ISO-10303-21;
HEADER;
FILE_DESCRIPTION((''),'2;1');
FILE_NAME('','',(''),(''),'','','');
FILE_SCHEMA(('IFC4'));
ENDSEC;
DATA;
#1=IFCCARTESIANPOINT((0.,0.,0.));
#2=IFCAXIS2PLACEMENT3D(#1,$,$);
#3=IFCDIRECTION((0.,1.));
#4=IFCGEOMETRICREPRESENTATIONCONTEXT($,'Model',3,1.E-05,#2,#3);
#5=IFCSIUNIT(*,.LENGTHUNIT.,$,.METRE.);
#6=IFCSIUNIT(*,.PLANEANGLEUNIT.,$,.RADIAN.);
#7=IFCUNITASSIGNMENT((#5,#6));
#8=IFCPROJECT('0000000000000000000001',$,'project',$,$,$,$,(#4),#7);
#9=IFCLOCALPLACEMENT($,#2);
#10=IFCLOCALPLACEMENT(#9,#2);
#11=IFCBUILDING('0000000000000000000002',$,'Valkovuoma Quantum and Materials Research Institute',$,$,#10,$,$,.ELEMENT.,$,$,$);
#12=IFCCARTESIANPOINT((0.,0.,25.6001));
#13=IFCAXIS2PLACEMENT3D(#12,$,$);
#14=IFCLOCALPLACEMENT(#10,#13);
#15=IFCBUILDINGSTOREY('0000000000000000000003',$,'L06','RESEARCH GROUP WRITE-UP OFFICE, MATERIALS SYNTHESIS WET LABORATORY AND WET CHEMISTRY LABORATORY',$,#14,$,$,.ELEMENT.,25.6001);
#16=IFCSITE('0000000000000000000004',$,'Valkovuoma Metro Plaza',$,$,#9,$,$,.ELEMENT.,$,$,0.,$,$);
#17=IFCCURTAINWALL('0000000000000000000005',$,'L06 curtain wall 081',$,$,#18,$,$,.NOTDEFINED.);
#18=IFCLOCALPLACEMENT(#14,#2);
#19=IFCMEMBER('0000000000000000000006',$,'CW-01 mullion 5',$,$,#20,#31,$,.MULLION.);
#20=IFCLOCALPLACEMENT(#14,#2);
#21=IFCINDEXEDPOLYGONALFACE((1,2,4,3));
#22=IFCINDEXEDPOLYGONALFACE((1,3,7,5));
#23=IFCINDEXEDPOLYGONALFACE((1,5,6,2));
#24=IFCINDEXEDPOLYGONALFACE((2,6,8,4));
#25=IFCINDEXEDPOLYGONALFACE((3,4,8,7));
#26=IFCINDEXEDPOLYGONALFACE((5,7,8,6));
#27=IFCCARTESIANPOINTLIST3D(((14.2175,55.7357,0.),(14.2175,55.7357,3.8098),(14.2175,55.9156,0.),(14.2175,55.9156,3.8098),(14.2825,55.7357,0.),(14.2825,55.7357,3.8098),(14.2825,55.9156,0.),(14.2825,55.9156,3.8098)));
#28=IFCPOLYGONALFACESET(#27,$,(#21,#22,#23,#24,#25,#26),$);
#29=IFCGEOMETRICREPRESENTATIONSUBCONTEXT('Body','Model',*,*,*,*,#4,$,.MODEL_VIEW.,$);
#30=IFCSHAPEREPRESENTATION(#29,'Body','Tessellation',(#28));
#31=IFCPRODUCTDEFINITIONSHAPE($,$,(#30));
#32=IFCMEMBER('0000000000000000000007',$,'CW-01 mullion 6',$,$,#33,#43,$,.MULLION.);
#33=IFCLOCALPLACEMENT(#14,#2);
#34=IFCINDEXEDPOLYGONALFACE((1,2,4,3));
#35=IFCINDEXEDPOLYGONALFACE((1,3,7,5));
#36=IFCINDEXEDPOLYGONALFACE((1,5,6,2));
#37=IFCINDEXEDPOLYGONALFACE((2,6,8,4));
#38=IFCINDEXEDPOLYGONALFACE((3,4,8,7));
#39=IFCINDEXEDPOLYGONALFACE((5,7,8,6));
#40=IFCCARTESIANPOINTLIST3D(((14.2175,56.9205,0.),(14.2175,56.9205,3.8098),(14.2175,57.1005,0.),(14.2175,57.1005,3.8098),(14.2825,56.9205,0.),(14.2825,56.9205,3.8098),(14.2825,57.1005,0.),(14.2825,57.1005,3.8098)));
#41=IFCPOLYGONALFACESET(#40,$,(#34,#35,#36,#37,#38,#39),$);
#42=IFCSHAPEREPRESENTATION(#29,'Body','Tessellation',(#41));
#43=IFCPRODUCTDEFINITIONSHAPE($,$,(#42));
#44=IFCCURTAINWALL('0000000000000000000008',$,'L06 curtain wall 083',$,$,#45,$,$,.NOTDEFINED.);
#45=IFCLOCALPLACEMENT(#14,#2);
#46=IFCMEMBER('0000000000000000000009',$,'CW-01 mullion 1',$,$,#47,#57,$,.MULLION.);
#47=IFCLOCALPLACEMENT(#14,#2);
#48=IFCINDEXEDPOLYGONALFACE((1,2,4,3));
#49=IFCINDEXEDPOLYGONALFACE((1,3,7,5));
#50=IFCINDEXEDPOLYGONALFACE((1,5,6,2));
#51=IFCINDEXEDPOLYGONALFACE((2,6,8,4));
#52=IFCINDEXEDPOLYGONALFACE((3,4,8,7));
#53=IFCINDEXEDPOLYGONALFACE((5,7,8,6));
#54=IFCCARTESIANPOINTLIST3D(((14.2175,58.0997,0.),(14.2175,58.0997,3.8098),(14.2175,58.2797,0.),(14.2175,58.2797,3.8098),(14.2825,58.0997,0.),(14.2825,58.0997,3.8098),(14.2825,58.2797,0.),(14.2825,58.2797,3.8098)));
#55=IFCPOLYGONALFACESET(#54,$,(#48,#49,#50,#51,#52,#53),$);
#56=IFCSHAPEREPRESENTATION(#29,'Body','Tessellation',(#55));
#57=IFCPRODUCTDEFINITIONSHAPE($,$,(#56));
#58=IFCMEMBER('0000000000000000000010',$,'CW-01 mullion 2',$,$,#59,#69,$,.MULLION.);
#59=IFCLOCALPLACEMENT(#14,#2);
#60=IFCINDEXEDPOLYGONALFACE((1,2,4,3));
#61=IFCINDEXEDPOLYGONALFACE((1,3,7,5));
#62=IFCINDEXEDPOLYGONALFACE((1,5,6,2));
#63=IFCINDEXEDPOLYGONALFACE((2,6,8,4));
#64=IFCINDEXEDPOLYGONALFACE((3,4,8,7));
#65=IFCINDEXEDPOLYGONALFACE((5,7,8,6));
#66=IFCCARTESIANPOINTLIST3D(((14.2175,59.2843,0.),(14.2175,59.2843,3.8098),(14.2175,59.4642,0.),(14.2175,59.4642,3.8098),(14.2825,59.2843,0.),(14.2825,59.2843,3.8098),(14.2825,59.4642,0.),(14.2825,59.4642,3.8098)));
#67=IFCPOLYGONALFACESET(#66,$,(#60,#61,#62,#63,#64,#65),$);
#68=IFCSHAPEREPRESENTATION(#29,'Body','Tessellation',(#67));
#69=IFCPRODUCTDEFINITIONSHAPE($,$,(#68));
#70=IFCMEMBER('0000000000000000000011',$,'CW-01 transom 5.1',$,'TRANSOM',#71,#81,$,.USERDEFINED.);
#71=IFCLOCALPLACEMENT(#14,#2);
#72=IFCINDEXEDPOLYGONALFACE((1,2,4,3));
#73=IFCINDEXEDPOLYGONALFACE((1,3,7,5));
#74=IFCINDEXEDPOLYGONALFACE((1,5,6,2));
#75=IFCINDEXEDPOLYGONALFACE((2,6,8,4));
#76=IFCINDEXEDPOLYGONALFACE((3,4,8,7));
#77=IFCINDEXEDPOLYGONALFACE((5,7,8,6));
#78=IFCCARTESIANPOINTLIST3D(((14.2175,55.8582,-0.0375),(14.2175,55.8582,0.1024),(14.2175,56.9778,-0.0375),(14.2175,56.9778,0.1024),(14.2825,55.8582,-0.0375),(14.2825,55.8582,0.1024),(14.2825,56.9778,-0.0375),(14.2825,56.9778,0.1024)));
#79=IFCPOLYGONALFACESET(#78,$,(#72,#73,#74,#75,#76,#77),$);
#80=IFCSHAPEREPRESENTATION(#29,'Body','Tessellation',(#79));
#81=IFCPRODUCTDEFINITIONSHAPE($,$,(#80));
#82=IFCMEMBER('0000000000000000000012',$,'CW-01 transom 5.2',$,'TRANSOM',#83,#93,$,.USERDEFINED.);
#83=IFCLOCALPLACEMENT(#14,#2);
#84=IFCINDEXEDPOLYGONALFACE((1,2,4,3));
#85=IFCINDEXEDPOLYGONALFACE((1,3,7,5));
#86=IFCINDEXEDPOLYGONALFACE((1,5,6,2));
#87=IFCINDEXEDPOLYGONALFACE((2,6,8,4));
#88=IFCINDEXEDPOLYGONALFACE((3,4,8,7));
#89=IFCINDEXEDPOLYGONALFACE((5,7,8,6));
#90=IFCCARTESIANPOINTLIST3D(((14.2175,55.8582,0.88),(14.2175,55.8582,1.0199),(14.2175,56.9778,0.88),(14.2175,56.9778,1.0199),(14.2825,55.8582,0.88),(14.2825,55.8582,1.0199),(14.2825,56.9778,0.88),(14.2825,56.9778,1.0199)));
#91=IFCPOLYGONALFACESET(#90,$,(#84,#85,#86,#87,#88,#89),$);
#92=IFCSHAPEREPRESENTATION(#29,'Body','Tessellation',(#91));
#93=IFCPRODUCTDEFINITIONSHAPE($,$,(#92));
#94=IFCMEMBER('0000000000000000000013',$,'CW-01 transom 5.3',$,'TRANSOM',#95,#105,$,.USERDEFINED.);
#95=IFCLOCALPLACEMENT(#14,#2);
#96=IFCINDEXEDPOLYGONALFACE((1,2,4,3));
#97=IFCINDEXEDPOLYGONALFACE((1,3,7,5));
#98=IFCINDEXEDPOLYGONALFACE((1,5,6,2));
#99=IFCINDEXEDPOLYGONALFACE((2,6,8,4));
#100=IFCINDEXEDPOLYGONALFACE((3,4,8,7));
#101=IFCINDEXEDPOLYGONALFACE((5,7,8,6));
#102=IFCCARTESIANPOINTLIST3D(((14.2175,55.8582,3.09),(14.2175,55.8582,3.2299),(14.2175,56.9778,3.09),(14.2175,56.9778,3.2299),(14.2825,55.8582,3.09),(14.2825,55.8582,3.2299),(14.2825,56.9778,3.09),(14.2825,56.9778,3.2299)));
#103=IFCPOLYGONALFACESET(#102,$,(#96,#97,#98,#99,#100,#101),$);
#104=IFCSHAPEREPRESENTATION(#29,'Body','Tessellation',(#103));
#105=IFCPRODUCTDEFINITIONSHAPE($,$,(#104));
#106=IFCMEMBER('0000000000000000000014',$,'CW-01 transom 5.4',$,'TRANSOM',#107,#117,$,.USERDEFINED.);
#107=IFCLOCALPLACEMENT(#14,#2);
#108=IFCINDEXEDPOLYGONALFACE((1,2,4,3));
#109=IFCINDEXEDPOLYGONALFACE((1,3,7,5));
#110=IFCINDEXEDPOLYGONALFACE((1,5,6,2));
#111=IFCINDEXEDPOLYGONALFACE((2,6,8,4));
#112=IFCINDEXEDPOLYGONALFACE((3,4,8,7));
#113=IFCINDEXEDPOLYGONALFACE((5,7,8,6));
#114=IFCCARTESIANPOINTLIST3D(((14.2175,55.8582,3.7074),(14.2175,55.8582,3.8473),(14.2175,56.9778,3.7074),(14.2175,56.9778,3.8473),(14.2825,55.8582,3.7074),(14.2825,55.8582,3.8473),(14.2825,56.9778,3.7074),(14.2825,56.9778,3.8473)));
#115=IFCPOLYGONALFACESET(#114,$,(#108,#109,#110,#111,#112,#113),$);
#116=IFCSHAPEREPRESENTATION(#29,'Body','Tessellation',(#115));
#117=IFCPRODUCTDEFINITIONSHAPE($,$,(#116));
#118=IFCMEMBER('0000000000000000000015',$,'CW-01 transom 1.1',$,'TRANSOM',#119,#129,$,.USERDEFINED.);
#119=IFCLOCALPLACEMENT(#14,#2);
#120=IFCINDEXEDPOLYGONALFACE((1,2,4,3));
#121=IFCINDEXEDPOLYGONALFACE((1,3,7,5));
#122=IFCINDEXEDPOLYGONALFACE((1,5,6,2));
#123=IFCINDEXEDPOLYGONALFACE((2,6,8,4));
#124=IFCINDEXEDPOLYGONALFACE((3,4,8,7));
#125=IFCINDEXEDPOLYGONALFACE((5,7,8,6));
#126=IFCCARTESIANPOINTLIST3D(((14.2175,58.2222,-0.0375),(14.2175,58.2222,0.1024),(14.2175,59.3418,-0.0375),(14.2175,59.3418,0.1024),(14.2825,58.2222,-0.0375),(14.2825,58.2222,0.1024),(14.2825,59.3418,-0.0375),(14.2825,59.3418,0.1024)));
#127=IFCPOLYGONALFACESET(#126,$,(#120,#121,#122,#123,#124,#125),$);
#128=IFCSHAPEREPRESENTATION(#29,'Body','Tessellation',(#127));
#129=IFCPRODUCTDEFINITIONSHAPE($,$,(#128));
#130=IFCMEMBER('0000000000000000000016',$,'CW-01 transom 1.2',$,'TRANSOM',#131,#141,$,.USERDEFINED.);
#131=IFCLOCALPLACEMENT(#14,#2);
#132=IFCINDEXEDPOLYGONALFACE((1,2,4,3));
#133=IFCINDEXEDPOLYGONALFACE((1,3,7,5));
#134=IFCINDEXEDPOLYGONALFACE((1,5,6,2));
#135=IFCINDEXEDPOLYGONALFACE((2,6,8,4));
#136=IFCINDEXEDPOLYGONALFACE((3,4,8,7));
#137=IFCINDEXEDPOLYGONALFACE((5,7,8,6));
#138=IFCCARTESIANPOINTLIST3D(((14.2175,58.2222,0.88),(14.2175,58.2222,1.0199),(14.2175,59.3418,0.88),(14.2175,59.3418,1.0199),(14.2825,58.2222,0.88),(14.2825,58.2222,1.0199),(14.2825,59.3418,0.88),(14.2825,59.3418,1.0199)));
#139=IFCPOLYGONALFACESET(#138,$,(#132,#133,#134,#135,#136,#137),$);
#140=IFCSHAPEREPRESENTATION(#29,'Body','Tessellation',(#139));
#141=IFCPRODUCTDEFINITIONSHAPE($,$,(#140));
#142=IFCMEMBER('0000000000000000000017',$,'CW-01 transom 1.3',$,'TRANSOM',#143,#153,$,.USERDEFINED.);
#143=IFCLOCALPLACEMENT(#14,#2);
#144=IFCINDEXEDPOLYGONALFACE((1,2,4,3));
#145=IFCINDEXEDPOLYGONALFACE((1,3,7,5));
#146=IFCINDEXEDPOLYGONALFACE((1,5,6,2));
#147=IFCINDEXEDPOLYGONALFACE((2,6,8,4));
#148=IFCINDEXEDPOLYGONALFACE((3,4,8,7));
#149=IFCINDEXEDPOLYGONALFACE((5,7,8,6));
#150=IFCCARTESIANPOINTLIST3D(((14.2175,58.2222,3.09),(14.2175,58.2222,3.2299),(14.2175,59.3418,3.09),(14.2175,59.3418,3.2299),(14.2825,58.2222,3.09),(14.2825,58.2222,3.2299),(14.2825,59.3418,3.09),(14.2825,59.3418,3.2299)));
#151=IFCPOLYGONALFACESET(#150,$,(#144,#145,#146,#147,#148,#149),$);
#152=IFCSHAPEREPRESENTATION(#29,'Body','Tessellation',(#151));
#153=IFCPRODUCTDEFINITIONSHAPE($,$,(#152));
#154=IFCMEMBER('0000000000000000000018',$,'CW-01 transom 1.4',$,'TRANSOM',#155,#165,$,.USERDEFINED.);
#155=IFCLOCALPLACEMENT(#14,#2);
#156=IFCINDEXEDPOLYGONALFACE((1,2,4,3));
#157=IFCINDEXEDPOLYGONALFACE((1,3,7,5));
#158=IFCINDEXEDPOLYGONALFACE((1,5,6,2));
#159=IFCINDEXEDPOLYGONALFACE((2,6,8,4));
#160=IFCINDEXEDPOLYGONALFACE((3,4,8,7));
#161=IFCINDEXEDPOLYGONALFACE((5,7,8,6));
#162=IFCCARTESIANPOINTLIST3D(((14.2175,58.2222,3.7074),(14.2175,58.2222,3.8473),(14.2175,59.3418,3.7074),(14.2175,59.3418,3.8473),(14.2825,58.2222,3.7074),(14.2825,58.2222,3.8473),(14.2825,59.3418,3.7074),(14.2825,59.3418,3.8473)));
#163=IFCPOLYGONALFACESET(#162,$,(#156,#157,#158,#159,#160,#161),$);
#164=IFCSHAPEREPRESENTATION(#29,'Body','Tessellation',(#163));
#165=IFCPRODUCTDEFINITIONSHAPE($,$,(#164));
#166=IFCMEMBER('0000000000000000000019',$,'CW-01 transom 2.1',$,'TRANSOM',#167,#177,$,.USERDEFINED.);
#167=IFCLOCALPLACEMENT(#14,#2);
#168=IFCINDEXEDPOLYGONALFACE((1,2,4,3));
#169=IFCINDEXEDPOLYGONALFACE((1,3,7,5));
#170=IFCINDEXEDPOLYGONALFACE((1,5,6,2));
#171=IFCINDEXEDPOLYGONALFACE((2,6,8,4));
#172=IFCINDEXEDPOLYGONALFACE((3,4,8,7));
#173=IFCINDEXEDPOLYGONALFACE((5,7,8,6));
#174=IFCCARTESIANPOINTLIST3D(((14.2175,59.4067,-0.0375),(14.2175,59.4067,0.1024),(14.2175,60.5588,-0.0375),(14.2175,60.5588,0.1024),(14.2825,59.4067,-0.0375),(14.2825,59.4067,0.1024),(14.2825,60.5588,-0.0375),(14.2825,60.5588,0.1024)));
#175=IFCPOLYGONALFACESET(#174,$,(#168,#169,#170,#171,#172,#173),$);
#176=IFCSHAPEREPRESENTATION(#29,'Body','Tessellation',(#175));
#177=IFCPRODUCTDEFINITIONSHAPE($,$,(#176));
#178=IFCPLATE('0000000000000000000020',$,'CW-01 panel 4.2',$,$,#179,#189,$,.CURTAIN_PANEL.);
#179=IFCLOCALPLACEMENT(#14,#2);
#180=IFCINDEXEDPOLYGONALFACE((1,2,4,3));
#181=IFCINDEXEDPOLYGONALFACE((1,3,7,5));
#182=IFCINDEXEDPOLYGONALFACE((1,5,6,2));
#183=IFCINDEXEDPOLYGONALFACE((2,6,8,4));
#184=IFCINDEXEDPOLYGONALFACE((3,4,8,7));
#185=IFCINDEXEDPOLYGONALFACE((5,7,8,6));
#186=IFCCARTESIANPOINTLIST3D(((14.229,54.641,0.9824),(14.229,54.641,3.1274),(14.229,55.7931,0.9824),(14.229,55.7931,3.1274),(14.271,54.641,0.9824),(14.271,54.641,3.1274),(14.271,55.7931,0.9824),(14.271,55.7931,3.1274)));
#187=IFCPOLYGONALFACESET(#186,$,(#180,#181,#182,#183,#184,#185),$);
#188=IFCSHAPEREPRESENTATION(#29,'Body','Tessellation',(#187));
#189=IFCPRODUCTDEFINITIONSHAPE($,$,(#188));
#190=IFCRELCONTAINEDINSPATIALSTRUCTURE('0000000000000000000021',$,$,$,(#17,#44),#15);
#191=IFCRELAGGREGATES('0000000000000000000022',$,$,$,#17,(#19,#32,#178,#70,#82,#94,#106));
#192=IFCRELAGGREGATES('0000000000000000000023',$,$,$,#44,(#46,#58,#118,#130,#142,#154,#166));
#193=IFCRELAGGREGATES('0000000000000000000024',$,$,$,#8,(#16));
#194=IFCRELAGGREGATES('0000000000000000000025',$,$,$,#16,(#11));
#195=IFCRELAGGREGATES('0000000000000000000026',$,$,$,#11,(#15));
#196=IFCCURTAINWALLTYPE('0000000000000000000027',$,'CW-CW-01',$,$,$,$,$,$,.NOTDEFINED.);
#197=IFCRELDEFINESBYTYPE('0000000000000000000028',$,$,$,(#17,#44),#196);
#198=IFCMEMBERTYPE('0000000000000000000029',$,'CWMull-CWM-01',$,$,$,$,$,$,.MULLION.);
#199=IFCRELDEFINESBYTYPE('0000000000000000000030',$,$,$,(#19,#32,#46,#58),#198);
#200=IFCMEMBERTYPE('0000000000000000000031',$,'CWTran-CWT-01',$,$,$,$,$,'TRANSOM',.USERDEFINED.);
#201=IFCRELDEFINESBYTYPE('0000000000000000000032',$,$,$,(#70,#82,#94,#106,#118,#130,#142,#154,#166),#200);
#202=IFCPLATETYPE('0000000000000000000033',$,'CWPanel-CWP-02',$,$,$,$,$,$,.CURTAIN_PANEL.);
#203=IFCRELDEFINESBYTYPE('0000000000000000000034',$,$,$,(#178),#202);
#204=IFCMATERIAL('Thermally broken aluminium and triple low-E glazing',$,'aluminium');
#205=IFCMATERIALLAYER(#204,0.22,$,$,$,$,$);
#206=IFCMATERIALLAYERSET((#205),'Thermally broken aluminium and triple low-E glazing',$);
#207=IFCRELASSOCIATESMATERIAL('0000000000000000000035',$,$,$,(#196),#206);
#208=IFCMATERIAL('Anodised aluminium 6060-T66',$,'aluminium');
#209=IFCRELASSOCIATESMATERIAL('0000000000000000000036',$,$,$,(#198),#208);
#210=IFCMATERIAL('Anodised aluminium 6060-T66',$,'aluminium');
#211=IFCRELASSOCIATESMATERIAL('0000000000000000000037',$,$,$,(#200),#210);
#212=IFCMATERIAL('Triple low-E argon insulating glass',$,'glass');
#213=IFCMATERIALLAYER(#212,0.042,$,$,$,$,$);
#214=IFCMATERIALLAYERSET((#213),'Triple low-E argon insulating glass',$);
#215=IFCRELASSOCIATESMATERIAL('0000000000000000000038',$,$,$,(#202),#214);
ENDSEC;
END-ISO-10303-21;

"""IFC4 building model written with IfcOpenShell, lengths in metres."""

from ifc_helpers import new_model, si_unit, direction, frame, origin, origin_2d, place, context, subcontext, project, spatial, rectangle, extrude, material, layer, layer_set, material_profile, profile_set, type_object, element, aggregate, save


model = new_model("IFC4")

# Units and contexts
model_context = context("Model", 3, precision=1e-05, world=origin(), true_north=direction((0.0, 1.0)))
body_context = subcontext(model_context, "Body", "Model", "MODEL_VIEW")
ifc_project = project(units=[si_unit("LENGTHUNIT", "METRE"), si_unit("PLANEANGLEUNIT", "RADIAN")], contexts=[model_context])

# Site, building, storey
site_placement = place(None, origin())
site = spatial("IfcSite", under=ifc_project, at=site_placement, Name="Valkovuoma Metro Plaza", CompositionType="ELEMENT", RefElevation=0.0)
building_placement = place(site_placement, origin())
building = spatial("IfcBuilding", under=site, at=building_placement, Name="Valkovuoma Quantum and Materials Research Institute", CompositionType="ELEMENT")
storey_placement = place(building_placement, frame((0.0, 0.0, 25.6001)))
storey = spatial("IfcBuildingStorey", under=building, at=storey_placement, Name="L06", Description="RESEARCH GROUP WRITE-UP OFFICE, MATERIALS SYNTHESIS WET LABORATORY AND WET CHEMISTRY LABORATORY", CompositionType="ELEMENT", Elevation=25.6001)

# Curtain walls, members
ifc_material_1 = material(Name="Thermally broken aluminium and triple low-E glazing", Category="aluminium")
ifc_layer_1 = layer(ifc_material_1, 0.22)
ifc_layer_set_1 = layer_set([ifc_layer_1], Name="Thermally broken aluminium and triple low-E glazing")
curtain_wall_type = type_object("IfcCurtainWallType", Name="CW-CW-01", PredefinedType="NOTDEFINED", material=ifc_layer_set_1)
curtain_wall_1_placement = place(storey_placement, origin())
curtain_wall_1 = element("IfcCurtainWall", 1, at=curtain_wall_1_placement, inside=storey, type_object=curtain_wall_type, Name="L06 curtain wall 081", PredefinedType="NOTDEFINED")
ifc_material_2 = material(Name="Anodised aluminium 6060-T66", Category="aluminium")
ifc_material_profile_1 = material_profile(ifc_material_2, rectangle(XDim=0.0649, YDim=0.1799, at=origin_2d()), Name="Anodised aluminium 6060-T66")
ifc_profile_set_1 = profile_set([ifc_material_profile_1], Name="Anodised aluminium 6060-T66")
member_type_1 = type_object("IfcMemberType", Name="CWMull-CWM-01", PredefinedType="MULLION", material=ifc_profile_set_1)
member_1_placement = place(storey_placement, frame((14.25, 55.8257, 0.0), z_axis=(0.0, 0.0, 1.0), x_axis=(-1.0, 0.0, 0.0)))
member_1 = element("IfcMember", 2, at=member_1_placement, type_object=member_type_1, Name="CW-01 mullion 5", PredefinedType="MULLION", context=body_context, shape_type="SweptSolid", body=[
    extrude(rectangle(XDim=0.0649, YDim=0.1799, at=origin_2d()), origin(), (0.0, 0.0, 1.0), 3.8098),
])
member_2_placement = place(storey_placement, frame((14.25, 57.0105, 0.0), z_axis=(0.0, 0.0, 1.0), x_axis=(-1.0, 0.0, 0.0)))
member_2 = element("IfcMember", 3, at=member_2_placement, type_object=member_type_1, Name="CW-01 mullion 6", PredefinedType="MULLION", context=body_context, shape_type="SweptSolid", body=[
    extrude(rectangle(XDim=0.0649, YDim=0.1799, at=origin_2d()), origin(), (0.0, 0.0, 1.0), 3.8098),
])
curtain_wall_2_placement = place(storey_placement, origin())
curtain_wall_2 = element("IfcCurtainWall", 4, at=curtain_wall_2_placement, inside=storey, type_object=curtain_wall_type, Name="L06 curtain wall 083", PredefinedType="NOTDEFINED")
member_3_placement = place(storey_placement, frame((14.25, 58.1897, 0.0), z_axis=(0.0, 0.0, 1.0), x_axis=(-1.0, 0.0, 0.0)))
member_3 = element("IfcMember", 5, at=member_3_placement, type_object=member_type_1, Name="CW-01 mullion 1", PredefinedType="MULLION", context=body_context, shape_type="SweptSolid", body=[
    extrude(rectangle(XDim=0.0649, YDim=0.1799, at=origin_2d()), origin(), (0.0, 0.0, 1.0), 3.8098),
])
member_4_placement = place(storey_placement, frame((14.25, 59.3743, 0.0), z_axis=(0.0, 0.0, 1.0), x_axis=(-1.0, 0.0, 0.0)))
member_4 = element("IfcMember", 6, at=member_4_placement, type_object=member_type_1, Name="CW-01 mullion 2", PredefinedType="MULLION", context=body_context, shape_type="SweptSolid", body=[
    extrude(rectangle(XDim=0.0649, YDim=0.1799, at=origin_2d()), origin(), (0.0, 0.0, 1.0), 3.8098),
])

# Members
ifc_material_3 = material(Name="Anodised aluminium 6060-T66", Category="aluminium")
ifc_material_profile_2 = material_profile(ifc_material_3, rectangle(XDim=0.0649, YDim=0.1399, at=origin_2d()), Name="Anodised aluminium 6060-T66")
ifc_profile_set_2 = profile_set([ifc_material_profile_2], Name="Anodised aluminium 6060-T66")
member_type_2 = type_object("IfcMemberType", Name="CWTran-CWT-01", ElementType="TRANSOM", PredefinedType="USERDEFINED", material=ifc_profile_set_2)
member_5_placement = place(storey_placement, frame((14.25, 55.8582, 0.0325), z_axis=(0.0, 1.0, 0.0), x_axis=(-1.0, 0.0, 0.0)))
member_5 = element("IfcMember", 7, at=member_5_placement, type_object=member_type_2, Name="CW-01 transom 5.1", ObjectType="TRANSOM", PredefinedType="USERDEFINED", context=body_context, shape_type="SweptSolid", body=[
    extrude(rectangle(XDim=0.0649, YDim=0.1399, at=origin_2d()), origin(), (0.0, 0.0, 1.0), 1.1196),
])
member_6_placement = place(storey_placement, frame((14.25, 55.8582, 0.95), z_axis=(0.0, 1.0, 0.0), x_axis=(-1.0, 0.0, 0.0)))
member_6 = element("IfcMember", 8, at=member_6_placement, type_object=member_type_2, Name="CW-01 transom 5.2", ObjectType="TRANSOM", PredefinedType="USERDEFINED", context=body_context, shape_type="SweptSolid", body=[
    extrude(rectangle(XDim=0.0649, YDim=0.1399, at=origin_2d()), origin(), (0.0, 0.0, 1.0), 1.1196),
])
member_7_placement = place(storey_placement, frame((14.25, 55.8582, 3.1599), z_axis=(0.0, 1.0, 0.0), x_axis=(-1.0, 0.0, 0.0)))
member_7 = element("IfcMember", 9, at=member_7_placement, type_object=member_type_2, Name="CW-01 transom 5.3", ObjectType="TRANSOM", PredefinedType="USERDEFINED", context=body_context, shape_type="SweptSolid", body=[
    extrude(rectangle(XDim=0.0649, YDim=0.1399, at=origin_2d()), origin(), (0.0, 0.0, 1.0), 1.1196),
])
member_8_placement = place(storey_placement, frame((14.25, 55.8582, 3.7773), z_axis=(0.0, 1.0, 0.0), x_axis=(-1.0, 0.0, 0.0)))
member_8 = element("IfcMember", 10, at=member_8_placement, type_object=member_type_2, Name="CW-01 transom 5.4", ObjectType="TRANSOM", PredefinedType="USERDEFINED", context=body_context, shape_type="SweptSolid", body=[
    extrude(rectangle(XDim=0.0649, YDim=0.1399, at=origin_2d()), origin(), (0.0, 0.0, 1.0), 1.1196),
])
member_9_placement = place(storey_placement, frame((14.25, 58.2222, 0.0325), z_axis=(0.0, 1.0, 0.0), x_axis=(-1.0, 0.0, 0.0)))
member_9 = element("IfcMember", 11, at=member_9_placement, type_object=member_type_2, Name="CW-01 transom 1.1", ObjectType="TRANSOM", PredefinedType="USERDEFINED", context=body_context, shape_type="SweptSolid", body=[
    extrude(rectangle(XDim=0.0649, YDim=0.1399, at=origin_2d()), origin(), (0.0, 0.0, 1.0), 1.1196),
])
member_10_placement = place(storey_placement, frame((14.25, 58.2222, 0.95), z_axis=(0.0, 1.0, 0.0), x_axis=(-1.0, 0.0, 0.0)))
member_10 = element("IfcMember", 12, at=member_10_placement, type_object=member_type_2, Name="CW-01 transom 1.2", ObjectType="TRANSOM", PredefinedType="USERDEFINED", context=body_context, shape_type="SweptSolid", body=[
    extrude(rectangle(XDim=0.0649, YDim=0.1399, at=origin_2d()), origin(), (0.0, 0.0, 1.0), 1.1196),
])
member_11_placement = place(storey_placement, frame((14.25, 58.2222, 3.1599), z_axis=(0.0, 1.0, 0.0), x_axis=(-1.0, 0.0, 0.0)))
member_11 = element("IfcMember", 13, at=member_11_placement, type_object=member_type_2, Name="CW-01 transom 1.3", ObjectType="TRANSOM", PredefinedType="USERDEFINED", context=body_context, shape_type="SweptSolid", body=[
    extrude(rectangle(XDim=0.0649, YDim=0.1399, at=origin_2d()), origin(), (0.0, 0.0, 1.0), 1.1196),
])
member_12_placement = place(storey_placement, frame((14.25, 58.2222, 3.7773), z_axis=(0.0, 1.0, 0.0), x_axis=(-1.0, 0.0, 0.0)))
member_12 = element("IfcMember", 14, at=member_12_placement, type_object=member_type_2, Name="CW-01 transom 1.4", ObjectType="TRANSOM", PredefinedType="USERDEFINED", context=body_context, shape_type="SweptSolid", body=[
    extrude(rectangle(XDim=0.0649, YDim=0.1399, at=origin_2d()), origin(), (0.0, 0.0, 1.0), 1.1196),
])
member_13_placement = place(storey_placement, frame((14.25, 59.4067, 0.0325), z_axis=(0.0, 1.0, 0.0), x_axis=(-1.0, 0.0, 0.0)))
member_13 = element("IfcMember", 15, at=member_13_placement, type_object=member_type_2, Name="CW-01 transom 2.1", ObjectType="TRANSOM", PredefinedType="USERDEFINED", context=body_context, shape_type="SweptSolid", body=[
    extrude(rectangle(XDim=0.0649, YDim=0.1399, at=origin_2d()), origin(), (0.0, 0.0, 1.0), 1.1521),
])

# Plate
ifc_material_4 = material(Name="Triple low-E argon insulating glass", Category="glass")
ifc_layer_2 = layer(ifc_material_4, 0.042)
ifc_layer_set_2 = layer_set([ifc_layer_2], Name="Triple low-E argon insulating glass")
plate_type = type_object("IfcPlateType", Name="CWPanel-CWP-02", PredefinedType="CURTAIN_PANEL", material=ifc_layer_set_2)
plate_1_placement = place(storey_placement, frame((14.25, 55.217, 0.9824), z_axis=(0.0, 0.0, 1.0), x_axis=(0.0, 1.0, 0.0)))
plate_1 = element("IfcPlate", 16, at=plate_1_placement, type_object=plate_type, Name="CW-01 panel 4.2", PredefinedType="CURTAIN_PANEL", context=body_context, shape_type="SweptSolid", body=[
    extrude(rectangle(XDim=1.1521, YDim=0.042, at=origin_2d()), origin(), (0.0, 0.0, 1.0), 2.145),
])
aggregate(curtain_wall_1, [member_1, member_2, plate_1, member_5, member_6, member_7, member_8])
aggregate(curtain_wall_2, [member_3, member_4, member_9, member_10, member_11, member_12, member_13])

save(model, "model.ifc")
